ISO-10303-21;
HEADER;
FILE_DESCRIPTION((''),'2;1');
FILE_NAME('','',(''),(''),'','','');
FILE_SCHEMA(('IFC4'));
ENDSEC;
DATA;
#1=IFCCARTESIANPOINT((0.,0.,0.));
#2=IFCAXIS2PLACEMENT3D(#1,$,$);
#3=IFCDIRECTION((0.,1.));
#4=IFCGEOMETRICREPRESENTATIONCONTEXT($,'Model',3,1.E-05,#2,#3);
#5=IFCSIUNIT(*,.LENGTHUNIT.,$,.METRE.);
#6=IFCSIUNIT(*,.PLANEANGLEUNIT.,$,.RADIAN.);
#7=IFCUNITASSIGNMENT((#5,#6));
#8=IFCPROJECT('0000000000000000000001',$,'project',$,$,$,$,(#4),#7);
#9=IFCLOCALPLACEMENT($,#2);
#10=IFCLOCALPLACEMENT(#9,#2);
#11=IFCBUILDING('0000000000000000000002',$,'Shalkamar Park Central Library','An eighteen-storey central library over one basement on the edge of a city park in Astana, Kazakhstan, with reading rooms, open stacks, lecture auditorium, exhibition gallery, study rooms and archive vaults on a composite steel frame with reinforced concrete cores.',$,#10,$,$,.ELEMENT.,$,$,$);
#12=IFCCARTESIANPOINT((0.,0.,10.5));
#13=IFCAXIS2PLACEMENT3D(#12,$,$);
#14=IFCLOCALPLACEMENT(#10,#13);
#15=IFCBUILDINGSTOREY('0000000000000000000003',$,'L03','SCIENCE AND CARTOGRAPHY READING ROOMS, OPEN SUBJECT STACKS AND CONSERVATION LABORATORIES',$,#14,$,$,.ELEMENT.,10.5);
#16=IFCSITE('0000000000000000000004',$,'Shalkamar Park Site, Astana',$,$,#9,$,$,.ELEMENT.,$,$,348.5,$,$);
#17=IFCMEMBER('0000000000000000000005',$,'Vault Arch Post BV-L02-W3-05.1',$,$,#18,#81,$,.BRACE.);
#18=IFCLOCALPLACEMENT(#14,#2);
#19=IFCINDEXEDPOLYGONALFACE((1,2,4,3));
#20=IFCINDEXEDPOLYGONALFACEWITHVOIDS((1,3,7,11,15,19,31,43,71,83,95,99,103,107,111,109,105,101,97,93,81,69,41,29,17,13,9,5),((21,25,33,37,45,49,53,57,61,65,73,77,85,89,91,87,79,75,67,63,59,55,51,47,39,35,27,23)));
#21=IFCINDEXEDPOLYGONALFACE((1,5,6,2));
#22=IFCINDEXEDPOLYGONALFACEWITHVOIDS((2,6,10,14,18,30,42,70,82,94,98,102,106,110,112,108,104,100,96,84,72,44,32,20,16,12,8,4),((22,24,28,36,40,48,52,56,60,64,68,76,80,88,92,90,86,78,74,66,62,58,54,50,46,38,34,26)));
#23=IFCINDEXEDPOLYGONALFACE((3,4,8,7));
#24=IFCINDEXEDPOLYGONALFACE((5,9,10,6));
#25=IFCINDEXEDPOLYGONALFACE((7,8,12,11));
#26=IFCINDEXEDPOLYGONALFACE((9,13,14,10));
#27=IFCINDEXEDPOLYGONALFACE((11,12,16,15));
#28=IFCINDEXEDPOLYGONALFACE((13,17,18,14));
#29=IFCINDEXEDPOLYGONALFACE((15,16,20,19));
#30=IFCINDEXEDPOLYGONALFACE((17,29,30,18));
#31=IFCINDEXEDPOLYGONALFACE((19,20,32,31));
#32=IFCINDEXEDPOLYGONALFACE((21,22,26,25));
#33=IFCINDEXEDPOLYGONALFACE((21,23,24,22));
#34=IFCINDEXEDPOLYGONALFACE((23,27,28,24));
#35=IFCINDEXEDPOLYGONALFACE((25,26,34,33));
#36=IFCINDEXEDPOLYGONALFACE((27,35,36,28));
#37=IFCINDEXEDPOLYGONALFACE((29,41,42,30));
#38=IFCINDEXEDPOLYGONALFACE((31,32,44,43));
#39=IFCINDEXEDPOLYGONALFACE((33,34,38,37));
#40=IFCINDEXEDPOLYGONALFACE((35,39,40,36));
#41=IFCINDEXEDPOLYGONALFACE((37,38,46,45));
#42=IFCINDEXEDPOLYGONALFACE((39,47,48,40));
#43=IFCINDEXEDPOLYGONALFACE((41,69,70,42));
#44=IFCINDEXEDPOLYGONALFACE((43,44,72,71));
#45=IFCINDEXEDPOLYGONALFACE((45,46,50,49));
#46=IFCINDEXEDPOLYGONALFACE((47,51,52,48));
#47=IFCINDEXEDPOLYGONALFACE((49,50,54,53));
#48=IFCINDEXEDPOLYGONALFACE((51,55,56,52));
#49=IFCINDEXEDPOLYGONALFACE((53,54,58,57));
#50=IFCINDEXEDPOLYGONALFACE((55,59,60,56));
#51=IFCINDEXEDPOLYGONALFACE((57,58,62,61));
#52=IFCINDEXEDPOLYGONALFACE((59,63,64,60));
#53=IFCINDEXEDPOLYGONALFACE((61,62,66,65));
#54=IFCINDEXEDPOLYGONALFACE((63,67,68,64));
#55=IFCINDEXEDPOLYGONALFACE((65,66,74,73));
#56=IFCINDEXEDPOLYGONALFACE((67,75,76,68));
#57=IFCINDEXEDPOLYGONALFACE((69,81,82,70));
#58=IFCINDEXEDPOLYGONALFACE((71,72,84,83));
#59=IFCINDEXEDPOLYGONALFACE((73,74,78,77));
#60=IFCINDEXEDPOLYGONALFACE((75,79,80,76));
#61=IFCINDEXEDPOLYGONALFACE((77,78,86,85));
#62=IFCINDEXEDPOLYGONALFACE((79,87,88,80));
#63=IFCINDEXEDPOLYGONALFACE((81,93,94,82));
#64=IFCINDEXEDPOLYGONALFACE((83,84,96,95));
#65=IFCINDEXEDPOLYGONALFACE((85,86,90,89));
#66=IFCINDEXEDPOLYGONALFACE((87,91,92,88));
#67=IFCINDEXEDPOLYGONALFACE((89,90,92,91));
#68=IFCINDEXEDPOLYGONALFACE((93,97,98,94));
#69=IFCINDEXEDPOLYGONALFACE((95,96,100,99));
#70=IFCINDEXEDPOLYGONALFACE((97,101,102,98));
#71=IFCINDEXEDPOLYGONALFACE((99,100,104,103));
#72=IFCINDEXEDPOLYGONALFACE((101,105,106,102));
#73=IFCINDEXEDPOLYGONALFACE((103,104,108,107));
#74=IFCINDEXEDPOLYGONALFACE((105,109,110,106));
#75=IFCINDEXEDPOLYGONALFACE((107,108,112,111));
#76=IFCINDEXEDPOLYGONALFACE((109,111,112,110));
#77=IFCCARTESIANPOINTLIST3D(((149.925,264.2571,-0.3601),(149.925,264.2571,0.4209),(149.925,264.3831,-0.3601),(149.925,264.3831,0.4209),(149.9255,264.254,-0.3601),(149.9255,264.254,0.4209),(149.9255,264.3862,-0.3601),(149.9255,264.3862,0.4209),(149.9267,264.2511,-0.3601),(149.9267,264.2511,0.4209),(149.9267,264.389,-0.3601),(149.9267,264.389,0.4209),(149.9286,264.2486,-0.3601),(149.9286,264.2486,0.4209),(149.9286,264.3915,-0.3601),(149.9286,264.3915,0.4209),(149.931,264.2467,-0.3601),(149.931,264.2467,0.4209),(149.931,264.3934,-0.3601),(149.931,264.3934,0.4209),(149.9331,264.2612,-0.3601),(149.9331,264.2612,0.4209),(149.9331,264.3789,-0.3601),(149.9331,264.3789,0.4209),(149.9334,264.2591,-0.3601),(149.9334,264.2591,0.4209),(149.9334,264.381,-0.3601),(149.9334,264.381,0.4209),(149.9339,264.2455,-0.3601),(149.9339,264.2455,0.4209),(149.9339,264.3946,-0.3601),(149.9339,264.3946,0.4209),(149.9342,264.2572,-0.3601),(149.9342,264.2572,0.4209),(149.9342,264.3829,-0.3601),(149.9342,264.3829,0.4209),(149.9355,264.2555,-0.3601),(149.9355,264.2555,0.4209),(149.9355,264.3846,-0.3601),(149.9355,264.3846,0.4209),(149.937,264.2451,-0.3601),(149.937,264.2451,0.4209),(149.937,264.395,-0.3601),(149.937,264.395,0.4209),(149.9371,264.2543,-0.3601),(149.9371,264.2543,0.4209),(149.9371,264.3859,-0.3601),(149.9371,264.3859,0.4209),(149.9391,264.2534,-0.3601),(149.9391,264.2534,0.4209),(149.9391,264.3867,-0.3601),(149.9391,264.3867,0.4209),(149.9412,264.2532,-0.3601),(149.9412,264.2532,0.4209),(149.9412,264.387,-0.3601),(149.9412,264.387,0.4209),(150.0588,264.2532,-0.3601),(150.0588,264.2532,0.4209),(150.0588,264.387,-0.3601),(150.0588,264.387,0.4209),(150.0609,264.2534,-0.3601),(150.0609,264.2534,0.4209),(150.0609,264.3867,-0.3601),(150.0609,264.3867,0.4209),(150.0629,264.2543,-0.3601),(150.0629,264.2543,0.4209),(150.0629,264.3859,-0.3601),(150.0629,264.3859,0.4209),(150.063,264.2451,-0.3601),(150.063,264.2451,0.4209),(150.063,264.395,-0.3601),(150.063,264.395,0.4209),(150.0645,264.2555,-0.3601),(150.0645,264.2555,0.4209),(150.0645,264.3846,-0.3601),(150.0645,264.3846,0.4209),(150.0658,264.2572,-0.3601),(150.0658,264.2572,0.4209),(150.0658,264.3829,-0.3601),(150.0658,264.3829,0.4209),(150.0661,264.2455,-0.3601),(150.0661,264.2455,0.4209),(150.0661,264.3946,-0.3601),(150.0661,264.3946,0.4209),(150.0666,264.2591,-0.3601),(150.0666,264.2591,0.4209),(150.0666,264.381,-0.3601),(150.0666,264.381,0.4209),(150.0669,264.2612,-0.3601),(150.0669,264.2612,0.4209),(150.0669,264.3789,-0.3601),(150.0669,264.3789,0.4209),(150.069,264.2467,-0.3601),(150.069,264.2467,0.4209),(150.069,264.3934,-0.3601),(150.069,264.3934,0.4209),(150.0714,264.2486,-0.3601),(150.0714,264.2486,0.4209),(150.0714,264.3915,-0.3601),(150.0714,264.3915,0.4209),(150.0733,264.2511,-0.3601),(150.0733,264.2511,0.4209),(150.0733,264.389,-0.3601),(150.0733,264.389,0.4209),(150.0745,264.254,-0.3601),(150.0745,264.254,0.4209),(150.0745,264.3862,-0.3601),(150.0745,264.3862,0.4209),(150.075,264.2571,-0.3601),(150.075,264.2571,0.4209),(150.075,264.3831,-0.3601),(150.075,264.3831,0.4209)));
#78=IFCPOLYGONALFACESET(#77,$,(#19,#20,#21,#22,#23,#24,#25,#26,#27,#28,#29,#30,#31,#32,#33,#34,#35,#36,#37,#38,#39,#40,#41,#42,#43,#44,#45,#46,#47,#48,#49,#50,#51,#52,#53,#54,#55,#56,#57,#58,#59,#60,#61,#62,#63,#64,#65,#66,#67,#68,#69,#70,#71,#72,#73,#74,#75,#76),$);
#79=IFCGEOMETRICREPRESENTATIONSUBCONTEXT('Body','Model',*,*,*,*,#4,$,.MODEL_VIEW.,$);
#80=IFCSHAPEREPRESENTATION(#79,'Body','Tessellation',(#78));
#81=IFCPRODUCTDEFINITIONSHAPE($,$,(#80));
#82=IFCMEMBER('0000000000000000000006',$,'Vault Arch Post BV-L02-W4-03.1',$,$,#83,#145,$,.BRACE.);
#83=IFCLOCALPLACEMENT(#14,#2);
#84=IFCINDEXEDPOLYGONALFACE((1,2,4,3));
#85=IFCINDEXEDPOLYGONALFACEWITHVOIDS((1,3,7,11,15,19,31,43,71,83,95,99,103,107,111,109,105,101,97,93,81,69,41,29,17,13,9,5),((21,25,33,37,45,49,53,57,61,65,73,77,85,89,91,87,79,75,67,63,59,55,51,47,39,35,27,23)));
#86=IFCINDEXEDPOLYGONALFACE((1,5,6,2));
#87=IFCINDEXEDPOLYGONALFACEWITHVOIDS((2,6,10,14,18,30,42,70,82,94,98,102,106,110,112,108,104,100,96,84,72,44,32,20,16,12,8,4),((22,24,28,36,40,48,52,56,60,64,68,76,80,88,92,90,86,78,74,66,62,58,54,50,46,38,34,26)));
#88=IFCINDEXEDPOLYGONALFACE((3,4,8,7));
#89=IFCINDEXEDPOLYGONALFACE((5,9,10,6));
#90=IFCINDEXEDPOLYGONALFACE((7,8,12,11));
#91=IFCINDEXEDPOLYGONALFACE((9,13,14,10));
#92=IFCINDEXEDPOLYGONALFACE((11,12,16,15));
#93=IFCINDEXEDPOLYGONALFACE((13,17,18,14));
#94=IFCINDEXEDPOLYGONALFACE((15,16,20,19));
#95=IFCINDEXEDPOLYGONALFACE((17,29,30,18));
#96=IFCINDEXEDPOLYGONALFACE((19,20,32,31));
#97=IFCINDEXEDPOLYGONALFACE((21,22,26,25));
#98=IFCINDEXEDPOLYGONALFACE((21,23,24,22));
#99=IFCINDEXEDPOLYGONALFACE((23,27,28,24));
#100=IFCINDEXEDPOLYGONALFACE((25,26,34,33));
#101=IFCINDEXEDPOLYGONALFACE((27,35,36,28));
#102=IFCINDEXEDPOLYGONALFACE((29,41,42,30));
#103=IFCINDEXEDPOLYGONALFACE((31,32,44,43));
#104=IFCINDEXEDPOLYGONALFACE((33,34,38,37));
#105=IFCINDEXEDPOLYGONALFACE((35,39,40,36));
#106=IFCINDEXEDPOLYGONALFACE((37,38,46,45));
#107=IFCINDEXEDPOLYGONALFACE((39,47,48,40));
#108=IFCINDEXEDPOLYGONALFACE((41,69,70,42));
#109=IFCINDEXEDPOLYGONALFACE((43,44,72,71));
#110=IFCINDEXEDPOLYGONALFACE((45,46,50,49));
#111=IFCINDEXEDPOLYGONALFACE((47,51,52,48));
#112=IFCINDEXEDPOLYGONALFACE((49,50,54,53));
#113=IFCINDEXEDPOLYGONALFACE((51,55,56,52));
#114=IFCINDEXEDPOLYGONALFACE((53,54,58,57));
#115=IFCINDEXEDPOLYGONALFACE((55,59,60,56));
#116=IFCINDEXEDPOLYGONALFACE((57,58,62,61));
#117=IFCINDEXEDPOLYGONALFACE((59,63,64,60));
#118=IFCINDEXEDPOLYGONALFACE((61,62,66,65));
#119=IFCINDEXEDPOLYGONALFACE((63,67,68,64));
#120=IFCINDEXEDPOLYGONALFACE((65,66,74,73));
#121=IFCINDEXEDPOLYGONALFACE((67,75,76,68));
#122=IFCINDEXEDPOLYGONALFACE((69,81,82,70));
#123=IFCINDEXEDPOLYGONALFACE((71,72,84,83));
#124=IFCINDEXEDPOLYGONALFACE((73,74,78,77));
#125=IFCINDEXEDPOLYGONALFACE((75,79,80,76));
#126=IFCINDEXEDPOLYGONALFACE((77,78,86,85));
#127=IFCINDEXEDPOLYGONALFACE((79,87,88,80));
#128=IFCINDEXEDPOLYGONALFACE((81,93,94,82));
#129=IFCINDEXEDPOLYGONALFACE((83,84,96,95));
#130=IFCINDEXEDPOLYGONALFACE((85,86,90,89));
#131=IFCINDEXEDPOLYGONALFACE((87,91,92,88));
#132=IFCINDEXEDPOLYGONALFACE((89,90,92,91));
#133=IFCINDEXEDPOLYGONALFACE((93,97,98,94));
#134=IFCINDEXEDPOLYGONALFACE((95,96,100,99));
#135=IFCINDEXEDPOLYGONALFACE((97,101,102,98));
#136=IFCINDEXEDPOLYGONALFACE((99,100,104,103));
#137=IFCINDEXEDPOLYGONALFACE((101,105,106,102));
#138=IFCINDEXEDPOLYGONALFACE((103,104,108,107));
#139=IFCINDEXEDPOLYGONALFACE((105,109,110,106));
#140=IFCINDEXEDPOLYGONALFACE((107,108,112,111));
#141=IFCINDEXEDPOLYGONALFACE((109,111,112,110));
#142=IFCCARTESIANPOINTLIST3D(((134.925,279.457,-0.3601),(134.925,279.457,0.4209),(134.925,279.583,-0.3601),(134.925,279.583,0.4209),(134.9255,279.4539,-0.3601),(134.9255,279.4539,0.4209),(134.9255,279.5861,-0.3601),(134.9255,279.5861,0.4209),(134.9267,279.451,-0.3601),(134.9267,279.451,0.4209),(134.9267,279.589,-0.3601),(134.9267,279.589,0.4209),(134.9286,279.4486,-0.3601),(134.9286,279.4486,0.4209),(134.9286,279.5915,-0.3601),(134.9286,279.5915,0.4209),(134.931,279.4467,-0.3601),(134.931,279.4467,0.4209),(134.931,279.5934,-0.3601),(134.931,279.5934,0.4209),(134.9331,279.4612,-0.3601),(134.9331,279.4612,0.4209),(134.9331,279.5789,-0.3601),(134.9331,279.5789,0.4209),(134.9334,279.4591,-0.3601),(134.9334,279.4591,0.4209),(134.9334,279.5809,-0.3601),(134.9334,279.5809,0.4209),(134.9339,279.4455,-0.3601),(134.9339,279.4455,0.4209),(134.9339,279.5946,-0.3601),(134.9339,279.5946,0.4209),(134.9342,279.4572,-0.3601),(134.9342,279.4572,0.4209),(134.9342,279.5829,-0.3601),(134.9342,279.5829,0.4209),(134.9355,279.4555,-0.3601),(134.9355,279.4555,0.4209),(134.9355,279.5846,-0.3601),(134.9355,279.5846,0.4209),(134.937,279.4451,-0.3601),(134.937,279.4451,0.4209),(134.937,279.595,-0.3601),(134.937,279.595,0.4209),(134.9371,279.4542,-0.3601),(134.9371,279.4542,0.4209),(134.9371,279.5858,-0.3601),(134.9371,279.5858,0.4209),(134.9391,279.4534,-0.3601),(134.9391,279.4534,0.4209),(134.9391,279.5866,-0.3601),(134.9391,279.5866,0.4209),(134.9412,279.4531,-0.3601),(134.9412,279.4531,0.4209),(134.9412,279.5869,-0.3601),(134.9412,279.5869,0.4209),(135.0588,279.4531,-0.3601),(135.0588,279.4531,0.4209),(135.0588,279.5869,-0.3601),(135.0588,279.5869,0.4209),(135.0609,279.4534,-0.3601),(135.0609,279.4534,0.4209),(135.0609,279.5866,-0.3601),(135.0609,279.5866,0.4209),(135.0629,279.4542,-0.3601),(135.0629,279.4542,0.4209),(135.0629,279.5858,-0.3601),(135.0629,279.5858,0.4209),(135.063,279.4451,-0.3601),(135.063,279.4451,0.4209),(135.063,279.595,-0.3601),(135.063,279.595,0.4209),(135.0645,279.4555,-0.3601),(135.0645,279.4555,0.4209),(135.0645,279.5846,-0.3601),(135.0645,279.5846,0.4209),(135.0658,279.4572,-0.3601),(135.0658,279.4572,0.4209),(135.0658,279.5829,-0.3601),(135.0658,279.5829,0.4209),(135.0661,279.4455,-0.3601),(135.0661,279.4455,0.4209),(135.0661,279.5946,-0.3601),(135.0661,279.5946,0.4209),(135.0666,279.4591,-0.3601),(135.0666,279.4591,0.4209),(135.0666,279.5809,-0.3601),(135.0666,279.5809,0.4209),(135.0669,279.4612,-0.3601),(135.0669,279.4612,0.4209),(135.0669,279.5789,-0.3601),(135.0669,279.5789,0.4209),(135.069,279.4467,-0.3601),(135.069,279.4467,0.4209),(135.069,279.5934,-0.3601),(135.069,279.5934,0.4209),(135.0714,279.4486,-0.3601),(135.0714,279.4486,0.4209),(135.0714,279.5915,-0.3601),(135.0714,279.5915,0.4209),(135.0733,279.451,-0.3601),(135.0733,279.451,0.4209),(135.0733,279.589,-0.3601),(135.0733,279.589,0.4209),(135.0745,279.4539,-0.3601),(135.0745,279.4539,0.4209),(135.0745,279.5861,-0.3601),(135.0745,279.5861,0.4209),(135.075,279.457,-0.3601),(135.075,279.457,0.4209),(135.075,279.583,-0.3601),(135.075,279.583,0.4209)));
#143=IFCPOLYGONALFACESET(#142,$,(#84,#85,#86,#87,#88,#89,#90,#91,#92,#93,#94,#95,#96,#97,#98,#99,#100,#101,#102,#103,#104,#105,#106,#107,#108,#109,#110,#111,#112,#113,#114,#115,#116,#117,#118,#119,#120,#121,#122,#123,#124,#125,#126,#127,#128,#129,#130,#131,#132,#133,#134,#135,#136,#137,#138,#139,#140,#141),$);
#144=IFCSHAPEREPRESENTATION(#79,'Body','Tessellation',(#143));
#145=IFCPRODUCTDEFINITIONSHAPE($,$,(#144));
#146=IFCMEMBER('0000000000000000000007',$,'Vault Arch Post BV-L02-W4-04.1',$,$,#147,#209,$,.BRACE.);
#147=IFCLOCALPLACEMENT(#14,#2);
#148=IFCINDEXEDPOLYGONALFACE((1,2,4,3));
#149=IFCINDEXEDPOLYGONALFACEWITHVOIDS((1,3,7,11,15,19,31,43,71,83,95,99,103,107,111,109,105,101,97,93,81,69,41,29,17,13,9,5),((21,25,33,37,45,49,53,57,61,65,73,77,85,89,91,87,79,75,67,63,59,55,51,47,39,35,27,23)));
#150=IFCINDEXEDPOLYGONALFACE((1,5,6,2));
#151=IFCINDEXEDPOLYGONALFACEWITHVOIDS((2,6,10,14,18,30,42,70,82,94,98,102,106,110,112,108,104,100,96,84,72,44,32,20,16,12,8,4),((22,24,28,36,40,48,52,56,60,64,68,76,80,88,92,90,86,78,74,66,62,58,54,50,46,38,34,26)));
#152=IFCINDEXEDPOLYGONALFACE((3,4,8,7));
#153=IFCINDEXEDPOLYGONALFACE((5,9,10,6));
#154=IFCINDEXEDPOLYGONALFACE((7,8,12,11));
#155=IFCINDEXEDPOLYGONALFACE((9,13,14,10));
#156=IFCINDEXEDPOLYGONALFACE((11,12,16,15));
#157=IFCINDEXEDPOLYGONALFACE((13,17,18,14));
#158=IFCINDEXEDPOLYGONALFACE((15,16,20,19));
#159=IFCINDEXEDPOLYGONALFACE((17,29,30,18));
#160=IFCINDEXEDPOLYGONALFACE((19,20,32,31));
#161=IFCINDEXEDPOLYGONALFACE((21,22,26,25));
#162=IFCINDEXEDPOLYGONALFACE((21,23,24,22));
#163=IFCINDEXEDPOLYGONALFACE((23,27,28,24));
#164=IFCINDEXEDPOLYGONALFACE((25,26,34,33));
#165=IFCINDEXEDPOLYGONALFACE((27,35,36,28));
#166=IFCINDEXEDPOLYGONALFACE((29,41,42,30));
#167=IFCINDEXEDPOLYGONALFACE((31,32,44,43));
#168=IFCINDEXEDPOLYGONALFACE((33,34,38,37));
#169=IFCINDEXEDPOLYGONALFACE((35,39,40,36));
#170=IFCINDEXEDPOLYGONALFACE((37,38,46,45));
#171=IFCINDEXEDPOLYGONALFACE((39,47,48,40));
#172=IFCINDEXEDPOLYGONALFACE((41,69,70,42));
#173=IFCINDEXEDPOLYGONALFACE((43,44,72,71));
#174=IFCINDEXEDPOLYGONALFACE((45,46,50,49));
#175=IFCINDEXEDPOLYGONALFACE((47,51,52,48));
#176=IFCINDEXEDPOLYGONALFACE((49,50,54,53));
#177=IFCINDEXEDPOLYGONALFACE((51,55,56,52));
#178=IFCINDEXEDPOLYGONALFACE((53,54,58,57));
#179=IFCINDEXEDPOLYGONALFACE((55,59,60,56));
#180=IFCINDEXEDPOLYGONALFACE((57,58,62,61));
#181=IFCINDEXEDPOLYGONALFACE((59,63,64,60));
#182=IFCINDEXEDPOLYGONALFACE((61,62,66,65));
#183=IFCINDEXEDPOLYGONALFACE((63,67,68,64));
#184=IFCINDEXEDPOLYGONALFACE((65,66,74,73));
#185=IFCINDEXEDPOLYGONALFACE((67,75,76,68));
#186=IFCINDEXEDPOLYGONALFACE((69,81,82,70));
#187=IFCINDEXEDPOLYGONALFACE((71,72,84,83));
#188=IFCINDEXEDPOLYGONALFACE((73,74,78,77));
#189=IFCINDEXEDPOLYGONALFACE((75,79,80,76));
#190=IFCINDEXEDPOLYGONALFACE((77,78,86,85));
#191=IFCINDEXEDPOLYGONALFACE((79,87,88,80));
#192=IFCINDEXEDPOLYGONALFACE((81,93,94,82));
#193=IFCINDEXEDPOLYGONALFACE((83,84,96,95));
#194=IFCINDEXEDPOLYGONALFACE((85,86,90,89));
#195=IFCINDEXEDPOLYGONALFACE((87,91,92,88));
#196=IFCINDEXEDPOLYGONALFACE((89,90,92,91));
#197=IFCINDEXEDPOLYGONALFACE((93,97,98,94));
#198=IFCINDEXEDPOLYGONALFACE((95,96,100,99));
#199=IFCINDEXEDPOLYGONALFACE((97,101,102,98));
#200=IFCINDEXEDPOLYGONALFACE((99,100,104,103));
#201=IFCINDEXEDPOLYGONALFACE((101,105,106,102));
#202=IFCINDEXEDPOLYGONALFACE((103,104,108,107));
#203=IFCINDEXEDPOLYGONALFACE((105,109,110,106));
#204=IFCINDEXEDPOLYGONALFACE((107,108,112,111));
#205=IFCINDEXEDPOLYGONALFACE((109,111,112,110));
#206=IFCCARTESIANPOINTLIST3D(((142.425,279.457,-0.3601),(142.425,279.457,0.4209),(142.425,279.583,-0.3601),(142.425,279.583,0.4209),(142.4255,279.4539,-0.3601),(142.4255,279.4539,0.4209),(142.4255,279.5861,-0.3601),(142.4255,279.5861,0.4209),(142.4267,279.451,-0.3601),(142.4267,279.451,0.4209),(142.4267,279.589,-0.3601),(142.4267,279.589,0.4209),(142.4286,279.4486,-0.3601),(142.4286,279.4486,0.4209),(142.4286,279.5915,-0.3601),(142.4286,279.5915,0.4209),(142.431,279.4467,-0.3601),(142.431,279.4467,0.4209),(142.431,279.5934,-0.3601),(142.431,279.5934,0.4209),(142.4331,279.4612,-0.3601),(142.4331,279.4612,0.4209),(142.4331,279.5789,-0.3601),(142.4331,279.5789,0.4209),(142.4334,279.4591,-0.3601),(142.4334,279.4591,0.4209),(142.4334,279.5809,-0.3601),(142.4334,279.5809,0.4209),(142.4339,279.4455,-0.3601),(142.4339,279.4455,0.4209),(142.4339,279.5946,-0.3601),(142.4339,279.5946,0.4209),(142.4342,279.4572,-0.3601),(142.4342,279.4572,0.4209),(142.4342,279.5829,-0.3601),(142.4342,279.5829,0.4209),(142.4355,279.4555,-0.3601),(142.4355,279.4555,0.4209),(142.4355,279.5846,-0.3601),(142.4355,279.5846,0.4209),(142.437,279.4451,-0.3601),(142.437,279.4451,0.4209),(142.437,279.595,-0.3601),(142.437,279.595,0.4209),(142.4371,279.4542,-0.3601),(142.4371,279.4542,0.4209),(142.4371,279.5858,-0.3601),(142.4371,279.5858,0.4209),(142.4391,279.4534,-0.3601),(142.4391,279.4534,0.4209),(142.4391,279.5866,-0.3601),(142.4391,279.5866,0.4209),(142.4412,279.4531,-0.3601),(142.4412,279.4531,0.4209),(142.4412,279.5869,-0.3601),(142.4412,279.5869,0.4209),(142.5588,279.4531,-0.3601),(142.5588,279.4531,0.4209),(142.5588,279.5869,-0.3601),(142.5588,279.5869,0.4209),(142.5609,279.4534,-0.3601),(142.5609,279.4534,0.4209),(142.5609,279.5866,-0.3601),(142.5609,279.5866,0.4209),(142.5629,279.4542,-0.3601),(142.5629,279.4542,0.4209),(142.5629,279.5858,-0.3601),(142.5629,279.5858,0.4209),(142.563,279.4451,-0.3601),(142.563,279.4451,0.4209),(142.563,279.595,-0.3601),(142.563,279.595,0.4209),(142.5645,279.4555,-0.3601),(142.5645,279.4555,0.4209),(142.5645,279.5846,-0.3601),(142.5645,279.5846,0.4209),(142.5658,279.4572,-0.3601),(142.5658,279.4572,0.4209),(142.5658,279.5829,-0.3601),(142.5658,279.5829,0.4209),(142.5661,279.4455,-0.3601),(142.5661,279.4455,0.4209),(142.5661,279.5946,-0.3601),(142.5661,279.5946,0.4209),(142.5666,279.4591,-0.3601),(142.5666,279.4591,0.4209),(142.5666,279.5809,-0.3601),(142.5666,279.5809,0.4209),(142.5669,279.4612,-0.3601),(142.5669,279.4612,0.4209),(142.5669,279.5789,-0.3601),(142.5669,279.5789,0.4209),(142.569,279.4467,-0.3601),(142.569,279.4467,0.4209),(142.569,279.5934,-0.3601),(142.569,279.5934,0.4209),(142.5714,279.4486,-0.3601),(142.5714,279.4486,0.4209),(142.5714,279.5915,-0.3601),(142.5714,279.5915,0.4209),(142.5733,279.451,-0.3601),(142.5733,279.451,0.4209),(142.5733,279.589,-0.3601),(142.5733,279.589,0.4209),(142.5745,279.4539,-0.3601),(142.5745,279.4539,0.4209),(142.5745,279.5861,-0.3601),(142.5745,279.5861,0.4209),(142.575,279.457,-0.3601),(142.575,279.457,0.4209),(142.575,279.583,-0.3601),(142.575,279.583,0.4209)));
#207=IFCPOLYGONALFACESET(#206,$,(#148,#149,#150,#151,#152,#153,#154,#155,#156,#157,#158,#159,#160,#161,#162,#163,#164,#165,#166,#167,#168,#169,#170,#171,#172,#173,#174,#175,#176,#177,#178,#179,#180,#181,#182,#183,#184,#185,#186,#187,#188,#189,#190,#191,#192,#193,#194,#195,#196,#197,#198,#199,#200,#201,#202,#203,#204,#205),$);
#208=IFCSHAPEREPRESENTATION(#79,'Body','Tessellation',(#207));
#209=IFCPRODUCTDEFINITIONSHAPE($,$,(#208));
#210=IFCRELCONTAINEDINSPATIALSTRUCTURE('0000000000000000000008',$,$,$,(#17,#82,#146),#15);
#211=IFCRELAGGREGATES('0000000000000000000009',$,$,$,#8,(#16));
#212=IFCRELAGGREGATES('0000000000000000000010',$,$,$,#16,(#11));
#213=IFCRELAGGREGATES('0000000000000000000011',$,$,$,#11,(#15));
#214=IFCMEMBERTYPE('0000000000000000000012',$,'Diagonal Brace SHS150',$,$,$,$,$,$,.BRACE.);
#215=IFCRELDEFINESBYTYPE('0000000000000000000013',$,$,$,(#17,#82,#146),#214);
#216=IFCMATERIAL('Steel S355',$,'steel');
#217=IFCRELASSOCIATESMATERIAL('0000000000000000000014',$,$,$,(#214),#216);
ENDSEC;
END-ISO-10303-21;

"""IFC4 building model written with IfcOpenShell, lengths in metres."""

from ifc_helpers import new_model, si_unit, direction, frame, origin, origin_2d, place, context, subcontext, project, spatial, hollow_rectangle, extrude, material, material_profile, profile_set, type_object, element, save


model = new_model("IFC4")

# Units and contexts
model_context = context("Model", 3, precision=1e-05, world=origin(), true_north=direction((0.0, 1.0)))
body_context = subcontext(model_context, "Body", "Model", "MODEL_VIEW")
ifc_project = project(units=[si_unit("LENGTHUNIT", "METRE"), si_unit("PLANEANGLEUNIT", "RADIAN")], contexts=[model_context])

# Site, building, storey
site_placement = place(None, origin())
site = spatial("IfcSite", under=ifc_project, at=site_placement, Name="Shalkamar Park Site, Astana", CompositionType="ELEMENT", RefElevation=348.5)
building_placement = place(site_placement, origin())
building = spatial("IfcBuilding", under=site, at=building_placement, Name="Shalkamar Park Central Library", Description="An eighteen-storey central library over one basement on the edge of a city park in Astana, Kazakhstan, with reading rooms, open stacks, lecture auditorium, exhibition gallery, study rooms and archive vaults on a composite steel frame with reinforced concrete cores.", CompositionType="ELEMENT")
storey_placement = place(building_placement, frame((0.0, 0.0, 10.5)))
storey = spatial("IfcBuildingStorey", under=building, at=storey_placement, Name="L03", Description="SCIENCE AND CARTOGRAPHY READING ROOMS, OPEN SUBJECT STACKS AND CONSERVATION LABORATORIES", CompositionType="ELEMENT", Elevation=10.5)

# Members
ifc_material_1 = material(Name="Steel S355", Category="steel")
ifc_material_profile_1 = material_profile(ifc_material_1, hollow_rectangle(XDim=0.1499, YDim=0.1499, WallThickness=0.0081, InnerFilletRadius=0.0081, OuterFilletRadius=0.012, at=origin_2d()), Name="SHS 150x150x8")
ifc_profile_set_1 = profile_set([ifc_material_profile_1], Name="Steel S355")
member_type_1 = type_object("IfcMemberType", Name="Diagonal Brace SHS150", PredefinedType="BRACE", material=ifc_profile_set_1)
for number, where, z_axis, x_axis, name in (
    (1, (150.0, 264.3201, -0.3601), (0.0, 0.0, 1.0), (1.0, 0.0, 0.0), "Vault Arch Post BV-L02-W3-05.1"),
    (2, (135.0, 279.52, -0.3601), (0.0, 0.0, 1.0), (1.0, 0.0, 0.0), "Vault Arch Post BV-L02-W4-03.1"),
    (3, (142.5, 279.52, -0.3601), (0.0, 0.0, 1.0), (1.0, 0.0, 0.0), "Vault Arch Post BV-L02-W4-04.1"),
):
    element("IfcMember", number, at=place(storey_placement, frame(where, z_axis=z_axis, x_axis=x_axis)), inside=storey, type_object=member_type_1, Name=name, PredefinedType="BRACE", context=body_context, shape_type="SweptSolid", body=[
        extrude(hollow_rectangle(XDim=0.1499, YDim=0.1499, WallThickness=0.0081, InnerFilletRadius=0.0081, OuterFilletRadius=0.012, at=origin_2d()), origin(), (0.0, 0.0, 1.0), 0.781),
    ])

save(model, "model.ifc")
